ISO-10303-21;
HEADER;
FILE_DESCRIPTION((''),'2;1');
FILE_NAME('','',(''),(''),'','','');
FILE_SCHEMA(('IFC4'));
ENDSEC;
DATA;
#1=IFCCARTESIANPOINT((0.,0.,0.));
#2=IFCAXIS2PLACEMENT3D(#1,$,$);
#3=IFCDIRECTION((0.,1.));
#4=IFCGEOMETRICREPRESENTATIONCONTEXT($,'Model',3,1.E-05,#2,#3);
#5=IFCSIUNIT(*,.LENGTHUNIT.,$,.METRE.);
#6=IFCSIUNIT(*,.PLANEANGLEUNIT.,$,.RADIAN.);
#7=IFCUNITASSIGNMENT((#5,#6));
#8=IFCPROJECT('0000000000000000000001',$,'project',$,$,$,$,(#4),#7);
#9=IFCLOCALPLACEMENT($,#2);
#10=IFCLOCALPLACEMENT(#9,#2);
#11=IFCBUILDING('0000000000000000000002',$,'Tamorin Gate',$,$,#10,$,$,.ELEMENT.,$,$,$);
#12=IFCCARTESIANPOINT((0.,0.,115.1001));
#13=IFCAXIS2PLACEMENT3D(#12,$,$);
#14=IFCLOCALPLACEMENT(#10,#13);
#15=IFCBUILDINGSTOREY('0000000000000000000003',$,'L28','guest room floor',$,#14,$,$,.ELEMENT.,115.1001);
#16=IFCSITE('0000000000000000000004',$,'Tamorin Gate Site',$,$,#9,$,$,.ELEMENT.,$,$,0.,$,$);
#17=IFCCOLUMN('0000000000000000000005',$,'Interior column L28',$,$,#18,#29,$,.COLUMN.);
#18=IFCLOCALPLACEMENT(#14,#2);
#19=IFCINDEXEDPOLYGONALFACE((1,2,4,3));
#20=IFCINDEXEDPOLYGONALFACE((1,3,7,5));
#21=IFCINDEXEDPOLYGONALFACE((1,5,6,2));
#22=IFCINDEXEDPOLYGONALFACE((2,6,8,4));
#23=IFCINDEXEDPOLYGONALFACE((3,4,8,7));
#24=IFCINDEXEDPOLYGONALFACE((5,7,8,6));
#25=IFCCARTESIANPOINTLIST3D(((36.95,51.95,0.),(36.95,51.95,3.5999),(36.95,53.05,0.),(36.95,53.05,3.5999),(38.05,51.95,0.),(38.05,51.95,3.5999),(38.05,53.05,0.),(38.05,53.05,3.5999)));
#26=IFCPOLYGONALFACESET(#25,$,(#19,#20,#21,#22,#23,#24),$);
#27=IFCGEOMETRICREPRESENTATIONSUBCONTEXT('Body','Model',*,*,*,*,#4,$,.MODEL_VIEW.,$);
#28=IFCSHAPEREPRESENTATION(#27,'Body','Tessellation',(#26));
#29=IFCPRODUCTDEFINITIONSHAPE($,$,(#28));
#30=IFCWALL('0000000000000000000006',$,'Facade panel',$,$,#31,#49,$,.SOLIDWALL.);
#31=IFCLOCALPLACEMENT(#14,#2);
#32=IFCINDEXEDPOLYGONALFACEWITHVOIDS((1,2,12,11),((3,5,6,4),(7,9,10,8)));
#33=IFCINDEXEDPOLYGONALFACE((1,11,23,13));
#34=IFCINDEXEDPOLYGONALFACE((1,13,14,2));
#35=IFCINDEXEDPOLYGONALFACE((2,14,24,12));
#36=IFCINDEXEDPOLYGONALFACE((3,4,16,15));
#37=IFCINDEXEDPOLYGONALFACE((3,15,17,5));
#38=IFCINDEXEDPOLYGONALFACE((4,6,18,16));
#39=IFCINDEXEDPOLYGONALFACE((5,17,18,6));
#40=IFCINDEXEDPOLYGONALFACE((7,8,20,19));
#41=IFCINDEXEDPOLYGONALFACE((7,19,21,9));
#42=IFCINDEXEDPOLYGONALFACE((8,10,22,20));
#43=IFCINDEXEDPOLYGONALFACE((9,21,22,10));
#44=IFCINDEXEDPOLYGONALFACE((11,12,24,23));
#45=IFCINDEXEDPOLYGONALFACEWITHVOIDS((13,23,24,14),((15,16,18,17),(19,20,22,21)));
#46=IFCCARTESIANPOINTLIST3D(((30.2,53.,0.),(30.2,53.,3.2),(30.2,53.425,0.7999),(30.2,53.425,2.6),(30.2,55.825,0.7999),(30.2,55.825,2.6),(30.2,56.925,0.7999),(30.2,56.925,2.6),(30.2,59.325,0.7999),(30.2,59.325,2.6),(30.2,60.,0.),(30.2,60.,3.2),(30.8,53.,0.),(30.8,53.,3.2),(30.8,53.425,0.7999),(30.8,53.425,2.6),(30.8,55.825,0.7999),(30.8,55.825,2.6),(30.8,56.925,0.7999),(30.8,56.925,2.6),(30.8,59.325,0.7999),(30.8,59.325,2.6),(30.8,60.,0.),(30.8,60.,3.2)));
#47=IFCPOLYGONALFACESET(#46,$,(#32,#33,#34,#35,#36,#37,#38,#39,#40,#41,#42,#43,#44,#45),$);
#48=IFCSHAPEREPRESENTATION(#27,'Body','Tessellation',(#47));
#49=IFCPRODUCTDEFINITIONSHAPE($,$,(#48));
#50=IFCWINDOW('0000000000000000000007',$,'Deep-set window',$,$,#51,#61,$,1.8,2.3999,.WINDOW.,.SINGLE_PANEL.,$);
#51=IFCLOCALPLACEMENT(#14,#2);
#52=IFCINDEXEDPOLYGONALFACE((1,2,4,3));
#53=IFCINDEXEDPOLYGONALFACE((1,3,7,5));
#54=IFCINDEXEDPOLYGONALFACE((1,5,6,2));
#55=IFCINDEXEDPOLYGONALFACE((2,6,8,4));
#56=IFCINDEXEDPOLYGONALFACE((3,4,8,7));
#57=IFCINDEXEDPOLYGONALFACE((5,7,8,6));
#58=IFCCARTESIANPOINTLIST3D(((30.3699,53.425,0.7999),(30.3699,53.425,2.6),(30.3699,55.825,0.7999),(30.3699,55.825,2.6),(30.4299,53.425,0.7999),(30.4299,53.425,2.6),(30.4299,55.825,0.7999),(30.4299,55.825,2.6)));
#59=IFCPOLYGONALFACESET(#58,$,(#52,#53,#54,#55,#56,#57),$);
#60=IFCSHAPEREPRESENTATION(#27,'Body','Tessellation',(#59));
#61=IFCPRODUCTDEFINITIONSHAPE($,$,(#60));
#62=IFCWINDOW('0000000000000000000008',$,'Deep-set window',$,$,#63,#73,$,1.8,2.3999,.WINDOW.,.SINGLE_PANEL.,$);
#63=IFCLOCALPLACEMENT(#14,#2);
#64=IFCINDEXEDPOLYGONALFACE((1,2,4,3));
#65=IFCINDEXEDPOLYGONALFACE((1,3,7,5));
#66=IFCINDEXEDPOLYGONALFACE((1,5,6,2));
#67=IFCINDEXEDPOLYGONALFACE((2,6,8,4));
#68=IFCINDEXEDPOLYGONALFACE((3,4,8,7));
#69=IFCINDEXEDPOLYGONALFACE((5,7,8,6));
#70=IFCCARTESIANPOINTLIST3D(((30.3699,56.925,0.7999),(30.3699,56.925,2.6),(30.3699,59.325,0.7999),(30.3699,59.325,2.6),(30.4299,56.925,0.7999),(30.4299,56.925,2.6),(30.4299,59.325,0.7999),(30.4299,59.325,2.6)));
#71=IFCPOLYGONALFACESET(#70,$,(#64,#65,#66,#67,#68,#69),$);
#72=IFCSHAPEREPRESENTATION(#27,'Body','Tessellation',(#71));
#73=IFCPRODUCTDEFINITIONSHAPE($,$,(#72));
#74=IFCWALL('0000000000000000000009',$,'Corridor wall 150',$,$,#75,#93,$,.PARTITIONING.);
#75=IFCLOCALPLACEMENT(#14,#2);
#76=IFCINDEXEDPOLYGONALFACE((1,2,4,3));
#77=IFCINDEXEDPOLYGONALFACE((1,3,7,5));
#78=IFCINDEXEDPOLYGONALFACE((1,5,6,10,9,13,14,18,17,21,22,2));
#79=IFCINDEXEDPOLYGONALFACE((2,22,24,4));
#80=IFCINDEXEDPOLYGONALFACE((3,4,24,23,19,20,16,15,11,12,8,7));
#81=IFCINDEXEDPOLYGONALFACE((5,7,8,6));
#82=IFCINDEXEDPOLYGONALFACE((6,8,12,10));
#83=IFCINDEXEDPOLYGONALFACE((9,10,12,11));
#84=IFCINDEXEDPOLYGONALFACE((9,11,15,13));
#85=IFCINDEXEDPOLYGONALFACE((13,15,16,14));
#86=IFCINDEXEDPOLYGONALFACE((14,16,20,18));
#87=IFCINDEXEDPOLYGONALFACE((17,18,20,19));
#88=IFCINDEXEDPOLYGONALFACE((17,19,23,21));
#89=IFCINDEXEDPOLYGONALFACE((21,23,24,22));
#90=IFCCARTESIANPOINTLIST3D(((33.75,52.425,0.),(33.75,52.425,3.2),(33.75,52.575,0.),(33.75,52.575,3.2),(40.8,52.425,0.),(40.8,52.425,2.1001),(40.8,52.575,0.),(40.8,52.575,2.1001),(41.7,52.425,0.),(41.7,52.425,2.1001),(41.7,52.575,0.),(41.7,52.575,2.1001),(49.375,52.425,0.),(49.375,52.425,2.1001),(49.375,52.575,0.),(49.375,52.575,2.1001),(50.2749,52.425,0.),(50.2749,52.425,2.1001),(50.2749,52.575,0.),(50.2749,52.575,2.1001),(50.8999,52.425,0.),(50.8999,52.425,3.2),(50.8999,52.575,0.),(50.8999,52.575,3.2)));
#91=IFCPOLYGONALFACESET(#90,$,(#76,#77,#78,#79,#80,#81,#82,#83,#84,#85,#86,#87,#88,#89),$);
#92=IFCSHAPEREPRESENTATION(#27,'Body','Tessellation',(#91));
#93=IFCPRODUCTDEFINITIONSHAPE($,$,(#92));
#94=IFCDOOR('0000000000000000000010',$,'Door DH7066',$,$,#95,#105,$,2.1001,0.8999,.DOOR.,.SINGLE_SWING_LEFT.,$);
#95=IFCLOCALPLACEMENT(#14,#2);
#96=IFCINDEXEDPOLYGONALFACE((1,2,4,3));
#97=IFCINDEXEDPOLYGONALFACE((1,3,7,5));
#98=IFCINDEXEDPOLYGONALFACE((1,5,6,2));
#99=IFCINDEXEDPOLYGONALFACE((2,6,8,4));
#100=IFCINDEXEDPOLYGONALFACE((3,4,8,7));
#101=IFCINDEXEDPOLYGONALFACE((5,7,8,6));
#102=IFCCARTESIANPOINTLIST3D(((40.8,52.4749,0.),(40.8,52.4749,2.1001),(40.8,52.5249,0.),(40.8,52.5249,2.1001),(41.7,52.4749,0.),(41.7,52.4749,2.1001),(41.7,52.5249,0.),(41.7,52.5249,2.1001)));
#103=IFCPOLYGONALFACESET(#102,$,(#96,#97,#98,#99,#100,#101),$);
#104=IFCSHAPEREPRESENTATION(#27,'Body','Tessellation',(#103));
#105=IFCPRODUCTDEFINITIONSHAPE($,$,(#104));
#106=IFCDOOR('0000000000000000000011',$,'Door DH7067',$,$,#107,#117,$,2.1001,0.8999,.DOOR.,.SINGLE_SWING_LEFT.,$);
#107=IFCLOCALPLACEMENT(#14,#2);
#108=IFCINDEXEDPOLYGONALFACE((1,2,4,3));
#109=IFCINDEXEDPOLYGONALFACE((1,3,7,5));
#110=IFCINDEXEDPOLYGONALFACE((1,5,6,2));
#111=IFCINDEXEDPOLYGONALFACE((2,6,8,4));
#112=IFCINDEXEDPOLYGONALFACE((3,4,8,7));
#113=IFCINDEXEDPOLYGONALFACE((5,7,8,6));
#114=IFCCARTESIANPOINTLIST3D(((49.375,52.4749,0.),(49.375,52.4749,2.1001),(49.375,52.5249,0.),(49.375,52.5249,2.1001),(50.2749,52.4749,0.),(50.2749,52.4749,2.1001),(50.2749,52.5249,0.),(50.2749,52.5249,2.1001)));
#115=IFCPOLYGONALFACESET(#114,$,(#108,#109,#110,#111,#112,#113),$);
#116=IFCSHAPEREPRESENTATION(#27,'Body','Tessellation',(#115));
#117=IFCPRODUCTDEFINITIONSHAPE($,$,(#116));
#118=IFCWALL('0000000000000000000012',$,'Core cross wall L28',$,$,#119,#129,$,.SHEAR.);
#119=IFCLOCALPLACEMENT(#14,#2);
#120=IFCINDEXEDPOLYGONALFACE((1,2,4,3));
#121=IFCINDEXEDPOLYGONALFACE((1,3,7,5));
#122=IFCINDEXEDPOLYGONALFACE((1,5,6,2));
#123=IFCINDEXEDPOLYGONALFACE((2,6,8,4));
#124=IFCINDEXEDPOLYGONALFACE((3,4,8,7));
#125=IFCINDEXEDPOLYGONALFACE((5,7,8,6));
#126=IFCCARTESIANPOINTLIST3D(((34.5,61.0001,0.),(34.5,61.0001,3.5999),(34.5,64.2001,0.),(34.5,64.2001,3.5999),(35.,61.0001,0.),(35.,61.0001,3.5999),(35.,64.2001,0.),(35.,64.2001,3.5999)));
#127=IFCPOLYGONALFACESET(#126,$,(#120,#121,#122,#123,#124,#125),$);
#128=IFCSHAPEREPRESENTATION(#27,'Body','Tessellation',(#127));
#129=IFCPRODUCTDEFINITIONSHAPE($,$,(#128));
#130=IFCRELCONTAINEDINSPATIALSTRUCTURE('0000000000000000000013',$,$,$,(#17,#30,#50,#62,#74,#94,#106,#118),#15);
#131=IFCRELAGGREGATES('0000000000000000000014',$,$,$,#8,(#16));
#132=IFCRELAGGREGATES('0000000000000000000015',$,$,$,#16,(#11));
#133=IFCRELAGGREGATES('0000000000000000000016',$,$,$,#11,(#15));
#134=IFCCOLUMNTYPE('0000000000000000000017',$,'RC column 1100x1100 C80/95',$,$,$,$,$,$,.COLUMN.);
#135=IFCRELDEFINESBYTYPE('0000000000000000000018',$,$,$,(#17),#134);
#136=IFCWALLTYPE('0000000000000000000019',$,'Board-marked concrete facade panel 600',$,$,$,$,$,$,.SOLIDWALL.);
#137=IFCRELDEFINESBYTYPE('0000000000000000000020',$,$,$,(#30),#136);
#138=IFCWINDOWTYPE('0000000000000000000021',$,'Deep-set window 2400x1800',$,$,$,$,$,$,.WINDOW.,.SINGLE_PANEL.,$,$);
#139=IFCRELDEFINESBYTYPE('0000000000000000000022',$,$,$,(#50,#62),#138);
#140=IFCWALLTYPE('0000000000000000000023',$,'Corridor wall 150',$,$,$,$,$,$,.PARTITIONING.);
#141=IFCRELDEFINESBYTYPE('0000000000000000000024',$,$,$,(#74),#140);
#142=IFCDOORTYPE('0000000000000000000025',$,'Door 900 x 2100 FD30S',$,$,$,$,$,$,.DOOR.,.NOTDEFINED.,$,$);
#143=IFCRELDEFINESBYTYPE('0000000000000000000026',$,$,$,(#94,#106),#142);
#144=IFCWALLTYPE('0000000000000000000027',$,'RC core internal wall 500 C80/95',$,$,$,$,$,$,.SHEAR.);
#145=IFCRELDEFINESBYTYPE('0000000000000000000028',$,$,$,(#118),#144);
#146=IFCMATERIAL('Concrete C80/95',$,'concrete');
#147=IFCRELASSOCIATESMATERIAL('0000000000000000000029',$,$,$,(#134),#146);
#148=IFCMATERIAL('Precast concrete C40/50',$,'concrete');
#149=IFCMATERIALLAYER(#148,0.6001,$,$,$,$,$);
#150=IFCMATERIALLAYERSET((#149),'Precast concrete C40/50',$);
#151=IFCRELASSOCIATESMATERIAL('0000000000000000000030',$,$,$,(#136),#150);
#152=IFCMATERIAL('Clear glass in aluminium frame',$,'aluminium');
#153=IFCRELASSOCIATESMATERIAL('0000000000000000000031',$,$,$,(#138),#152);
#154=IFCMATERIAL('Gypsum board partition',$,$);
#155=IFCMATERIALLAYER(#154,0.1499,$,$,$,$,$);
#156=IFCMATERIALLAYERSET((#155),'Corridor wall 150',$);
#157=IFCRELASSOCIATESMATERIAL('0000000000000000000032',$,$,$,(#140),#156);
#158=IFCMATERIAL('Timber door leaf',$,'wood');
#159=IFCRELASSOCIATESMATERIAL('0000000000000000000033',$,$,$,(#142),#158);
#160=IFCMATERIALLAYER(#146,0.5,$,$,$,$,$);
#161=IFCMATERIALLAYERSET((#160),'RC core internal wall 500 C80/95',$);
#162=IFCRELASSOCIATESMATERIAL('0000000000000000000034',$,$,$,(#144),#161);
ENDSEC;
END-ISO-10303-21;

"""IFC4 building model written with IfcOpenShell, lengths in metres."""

from ifc_helpers import new_model, si_unit, direction, frame, frame_2d, origin, origin_2d, place, context, subcontext, project, spatial, rectangle, extrude, material, layer, layer_set, material_profile, profile_set, type_object, element, fill, save


model = new_model("IFC4")

# Units and contexts
model_context = context("Model", 3, precision=1e-05, world=origin(), true_north=direction((0.0, 1.0)))
body_context = subcontext(model_context, "Body", "Model", "MODEL_VIEW")
ifc_project = project(units=[si_unit("LENGTHUNIT", "METRE"), si_unit("PLANEANGLEUNIT", "RADIAN")], contexts=[model_context])

# Site, building, storey
site_placement = place(None, origin())
site = spatial("IfcSite", under=ifc_project, at=site_placement, Name="Tamorin Gate Site", CompositionType="ELEMENT", RefElevation=0.0)
building_placement = place(site_placement, origin())
building = spatial("IfcBuilding", under=site, at=building_placement, Name="Tamorin Gate", CompositionType="ELEMENT")
storey_placement = place(building_placement, frame((0.0, 0.0, 115.1001)))
storey = spatial("IfcBuildingStorey", under=building, at=storey_placement, Name="L28", Description="guest room floor", CompositionType="ELEMENT", Elevation=115.1001)

# Column
ifc_material_1 = material(Name="Concrete C80/95", Category="concrete")
ifc_material_profile = material_profile(ifc_material_1, rectangle(XDim=1.1001, YDim=1.1001, at=origin_2d()), Name="RC 1100x1100")
ifc_profile_set = profile_set([ifc_material_profile], Name="Concrete C80/95")
column_type = type_object("IfcColumnType", Name="RC column 1100x1100 C80/95", PredefinedType="COLUMN", material=ifc_profile_set)
column_placement = place(storey_placement, frame((37.5, 52.5, 0.0), z_axis=(0.0, 0.0, 1.0), x_axis=(1.0, 0.0, 0.0)))
element("IfcColumn", 1, at=column_placement, inside=storey, type_object=column_type, Name="Interior column L28", PredefinedType="COLUMN", context=body_context, shape_type="SweptSolid", body=[
    extrude(rectangle(XDim=1.1001, YDim=1.1001, at=origin_2d()), origin(), (0.0, 0.0, 1.0), 3.5999),
])

# Wall, openings, windows
ifc_material_2 = material(Name="Precast concrete C40/50", Category="concrete")
ifc_layer_1 = layer(ifc_material_2, 0.6001)
ifc_layer_set_1 = layer_set([ifc_layer_1], Name="Precast concrete C40/50")
wall_type_1 = type_object("IfcWallType", Name="Board-marked concrete facade panel 600", PredefinedType="SOLIDWALL", material=ifc_layer_set_1)
wall_1_placement = place(storey_placement, frame((30.5, 60.0, 0.0), z_axis=(0.0, 0.0, 1.0), x_axis=(0.0, -1.0, 0.0)))
wall_1 = element("IfcWall", 2, at=wall_1_placement, inside=storey, type_object=wall_type_1, Name="Facade panel", PredefinedType="SOLIDWALL", context=body_context, shape_type="SweptSolid", body=[
    extrude(rectangle(XDim=7.0, YDim=0.6001, at=frame_2d((3.5, 0.0))), origin(), (0.0, 0.0, 1.0), 3.2),
])
opening_1_placement = place(wall_1_placement, frame((4.175, 0.0, 0.8)))
opening_1 = element("IfcOpeningElement", 3, at=opening_1_placement, cuts=wall_1, PredefinedType="OPENING", context=body_context, shape_type="SweptSolid", body=[
    extrude(rectangle(XDim=2.3999, YDim=1.8, at=frame_2d((1.2, 0.8999))), frame((0.0, 0.3101, 0.0), z_axis=(0.0, -1.0, 0.0), x_axis=(1.0, 0.0, 0.0)), (0.0, 0.0, 1.0), 0.6201),
])
opening_2_placement = place(wall_1_placement, frame((0.675, 0.0, 0.8)))
opening_2 = element("IfcOpeningElement", 4, at=opening_2_placement, cuts=wall_1, PredefinedType="OPENING", context=body_context, shape_type="SweptSolid", body=[
    extrude(rectangle(XDim=2.3999, YDim=1.8, at=frame_2d((1.2, 0.8999))), frame((0.0, 0.3101, 0.0), z_axis=(0.0, -1.0, 0.0), x_axis=(1.0, 0.0, 0.0)), (0.0, 0.0, 1.0), 0.6201),
])
ifc_material_3 = material(Name="Clear glass in aluminium frame", Category="aluminium")
window_type = type_object("IfcWindowType", Name="Deep-set window 2400x1800", PartitioningType="SINGLE_PANEL", PredefinedType="WINDOW", material=ifc_material_3)
window_1_placement = place(opening_1_placement, origin())
window_1 = element("IfcWindow", 5, at=window_1_placement, inside=storey, type_object=window_type, Name="Deep-set window", OverallHeight=1.8, OverallWidth=2.3999, PartitioningType="SINGLE_PANEL", PredefinedType="WINDOW", context=body_context, shape_type="SweptSolid", body=[
    extrude(rectangle(XDim=2.3999, YDim=1.8, at=frame_2d((1.2, 0.8999))), frame((0.0, -0.0701, 0.0), z_axis=(0.0, -1.0, 0.0), x_axis=(1.0, 0.0, 0.0)), (0.0, 0.0, 1.0), 0.0601),
])
fill(opening_1, window_1)
window_2_placement = place(opening_2_placement, origin())
window_2 = element("IfcWindow", 6, at=window_2_placement, inside=storey, type_object=window_type, Name="Deep-set window", OverallHeight=1.8, OverallWidth=2.3999, PartitioningType="SINGLE_PANEL", PredefinedType="WINDOW", context=body_context, shape_type="SweptSolid", body=[
    extrude(rectangle(XDim=2.3999, YDim=1.8, at=frame_2d((1.2, 0.8999))), frame((0.0, -0.0701, 0.0), z_axis=(0.0, -1.0, 0.0), x_axis=(1.0, 0.0, 0.0)), (0.0, 0.0, 1.0), 0.0601),
])
fill(opening_2, window_2)

# Wall, openings, doors
ifc_material_4 = material(Name="Gypsum board partition")
ifc_layer_2 = layer(ifc_material_4, 0.1499)
ifc_layer_set_2 = layer_set([ifc_layer_2], Name="Corridor wall 150")
wall_type_2 = type_object("IfcWallType", Name="Corridor wall 150", PredefinedType="PARTITIONING", material=ifc_layer_set_2)
wall_2_placement = place(storey_placement, frame((33.75, 52.5, 0.0), z_axis=(0.0, 0.0, 1.0), x_axis=(1.0, 0.0, 0.0)))
wall_2 = element("IfcWall", 7, at=wall_2_placement, inside=storey, type_object=wall_type_2, Name="Corridor wall 150", PredefinedType="PARTITIONING", context=body_context, shape_type="SweptSolid", body=[
    extrude(rectangle(XDim=17.1499, YDim=0.1499, at=frame_2d((8.575, 0.0))), origin(), (0.0, 0.0, 1.0), 3.2),
])
opening_3_placement = place(wall_2_placement, frame((7.05, 0.0, 0.0)))
opening_3 = element("IfcOpeningElement", 8, at=opening_3_placement, cuts=wall_2, PredefinedType="OPENING", context=body_context, shape_type="SweptSolid", body=[
    extrude(rectangle(XDim=0.8999, YDim=2.1001, at=frame_2d((0.45, 1.05))), frame((0.0, 0.085, 0.0), z_axis=(0.0, -1.0, 0.0), x_axis=(1.0, 0.0, 0.0)), (0.0, 0.0, 1.0), 0.1699),
])
opening_4_placement = place(wall_2_placement, frame((15.625, 0.0, 0.0)))
opening_4 = element("IfcOpeningElement", 9, at=opening_4_placement, cuts=wall_2, PredefinedType="OPENING", context=body_context, shape_type="SweptSolid", body=[
    extrude(rectangle(XDim=0.8999, YDim=2.1001, at=frame_2d((0.45, 1.05))), frame((0.0, 0.085, 0.0), z_axis=(0.0, -1.0, 0.0), x_axis=(1.0, 0.0, 0.0)), (0.0, 0.0, 1.0), 0.1699),
])
ifc_material_5 = material(Name="Timber door leaf", Category="wood")
door_type_1 = type_object("IfcDoorType", Name="Door 900 x 2100 FD30S", OperationType="NOTDEFINED", PredefinedType="DOOR", material=ifc_material_5)
door_1_placement = place(opening_3_placement, origin())
door_1 = element("IfcDoor", 10, at=door_1_placement, inside=storey, type_object=door_type_1, Name="Door DH7066", OperationType="SINGLE_SWING_LEFT", OverallHeight=2.1001, OverallWidth=0.8999, PredefinedType="DOOR", context=body_context, shape_type="SweptSolid", body=[
    extrude(rectangle(XDim=0.8999, YDim=2.1001, at=frame_2d((0.45, 1.05))), frame((0.0, 0.0249, 0.0), z_axis=(0.0, -1.0, 0.0), x_axis=(1.0, 0.0, 0.0)), (0.0, 0.0, 1.0), 0.05),
])
fill(opening_3, door_1)
door_2_placement = place(opening_4_placement, origin())
door_2 = element("IfcDoor", 11, at=door_2_placement, inside=storey, type_object=door_type_1, Name="Door DH7067", OperationType="SINGLE_SWING_LEFT", OverallHeight=2.1001, OverallWidth=0.8999, PredefinedType="DOOR", context=body_context, shape_type="SweptSolid", body=[
    extrude(rectangle(XDim=0.8999, YDim=2.1001, at=frame_2d((0.45, 1.05))), frame((0.0, 0.0249, 0.0), z_axis=(0.0, -1.0, 0.0), x_axis=(1.0, 0.0, 0.0)), (0.0, 0.0, 1.0), 0.05),
])
fill(opening_4, door_2)

# Wall
ifc_layer_3 = layer(ifc_material_1, 0.5)
ifc_layer_set_3 = layer_set([ifc_layer_3], Name="RC core internal wall 500 C80/95")
wall_type_3 = type_object("IfcWallType", Name="RC core internal wall 500 C80/95", PredefinedType="SHEAR", material=ifc_layer_set_3)
wall_3_placement = place(storey_placement, frame((34.75, 61.0, 0.0), z_axis=(0.0, 0.0, 1.0), x_axis=(0.0, 1.0, 0.0)))
element("IfcWall", 12, at=wall_3_placement, inside=storey, type_object=wall_type_3, Name="Core cross wall L28", PredefinedType="SHEAR", context=body_context, shape_type="SweptSolid", body=[
    extrude(rectangle(XDim=3.2, YDim=0.5, at=frame_2d((1.6001, 0.0))), origin(), (0.0, 0.0, 1.0), 3.5999),
])

save(model, "model.ifc")
